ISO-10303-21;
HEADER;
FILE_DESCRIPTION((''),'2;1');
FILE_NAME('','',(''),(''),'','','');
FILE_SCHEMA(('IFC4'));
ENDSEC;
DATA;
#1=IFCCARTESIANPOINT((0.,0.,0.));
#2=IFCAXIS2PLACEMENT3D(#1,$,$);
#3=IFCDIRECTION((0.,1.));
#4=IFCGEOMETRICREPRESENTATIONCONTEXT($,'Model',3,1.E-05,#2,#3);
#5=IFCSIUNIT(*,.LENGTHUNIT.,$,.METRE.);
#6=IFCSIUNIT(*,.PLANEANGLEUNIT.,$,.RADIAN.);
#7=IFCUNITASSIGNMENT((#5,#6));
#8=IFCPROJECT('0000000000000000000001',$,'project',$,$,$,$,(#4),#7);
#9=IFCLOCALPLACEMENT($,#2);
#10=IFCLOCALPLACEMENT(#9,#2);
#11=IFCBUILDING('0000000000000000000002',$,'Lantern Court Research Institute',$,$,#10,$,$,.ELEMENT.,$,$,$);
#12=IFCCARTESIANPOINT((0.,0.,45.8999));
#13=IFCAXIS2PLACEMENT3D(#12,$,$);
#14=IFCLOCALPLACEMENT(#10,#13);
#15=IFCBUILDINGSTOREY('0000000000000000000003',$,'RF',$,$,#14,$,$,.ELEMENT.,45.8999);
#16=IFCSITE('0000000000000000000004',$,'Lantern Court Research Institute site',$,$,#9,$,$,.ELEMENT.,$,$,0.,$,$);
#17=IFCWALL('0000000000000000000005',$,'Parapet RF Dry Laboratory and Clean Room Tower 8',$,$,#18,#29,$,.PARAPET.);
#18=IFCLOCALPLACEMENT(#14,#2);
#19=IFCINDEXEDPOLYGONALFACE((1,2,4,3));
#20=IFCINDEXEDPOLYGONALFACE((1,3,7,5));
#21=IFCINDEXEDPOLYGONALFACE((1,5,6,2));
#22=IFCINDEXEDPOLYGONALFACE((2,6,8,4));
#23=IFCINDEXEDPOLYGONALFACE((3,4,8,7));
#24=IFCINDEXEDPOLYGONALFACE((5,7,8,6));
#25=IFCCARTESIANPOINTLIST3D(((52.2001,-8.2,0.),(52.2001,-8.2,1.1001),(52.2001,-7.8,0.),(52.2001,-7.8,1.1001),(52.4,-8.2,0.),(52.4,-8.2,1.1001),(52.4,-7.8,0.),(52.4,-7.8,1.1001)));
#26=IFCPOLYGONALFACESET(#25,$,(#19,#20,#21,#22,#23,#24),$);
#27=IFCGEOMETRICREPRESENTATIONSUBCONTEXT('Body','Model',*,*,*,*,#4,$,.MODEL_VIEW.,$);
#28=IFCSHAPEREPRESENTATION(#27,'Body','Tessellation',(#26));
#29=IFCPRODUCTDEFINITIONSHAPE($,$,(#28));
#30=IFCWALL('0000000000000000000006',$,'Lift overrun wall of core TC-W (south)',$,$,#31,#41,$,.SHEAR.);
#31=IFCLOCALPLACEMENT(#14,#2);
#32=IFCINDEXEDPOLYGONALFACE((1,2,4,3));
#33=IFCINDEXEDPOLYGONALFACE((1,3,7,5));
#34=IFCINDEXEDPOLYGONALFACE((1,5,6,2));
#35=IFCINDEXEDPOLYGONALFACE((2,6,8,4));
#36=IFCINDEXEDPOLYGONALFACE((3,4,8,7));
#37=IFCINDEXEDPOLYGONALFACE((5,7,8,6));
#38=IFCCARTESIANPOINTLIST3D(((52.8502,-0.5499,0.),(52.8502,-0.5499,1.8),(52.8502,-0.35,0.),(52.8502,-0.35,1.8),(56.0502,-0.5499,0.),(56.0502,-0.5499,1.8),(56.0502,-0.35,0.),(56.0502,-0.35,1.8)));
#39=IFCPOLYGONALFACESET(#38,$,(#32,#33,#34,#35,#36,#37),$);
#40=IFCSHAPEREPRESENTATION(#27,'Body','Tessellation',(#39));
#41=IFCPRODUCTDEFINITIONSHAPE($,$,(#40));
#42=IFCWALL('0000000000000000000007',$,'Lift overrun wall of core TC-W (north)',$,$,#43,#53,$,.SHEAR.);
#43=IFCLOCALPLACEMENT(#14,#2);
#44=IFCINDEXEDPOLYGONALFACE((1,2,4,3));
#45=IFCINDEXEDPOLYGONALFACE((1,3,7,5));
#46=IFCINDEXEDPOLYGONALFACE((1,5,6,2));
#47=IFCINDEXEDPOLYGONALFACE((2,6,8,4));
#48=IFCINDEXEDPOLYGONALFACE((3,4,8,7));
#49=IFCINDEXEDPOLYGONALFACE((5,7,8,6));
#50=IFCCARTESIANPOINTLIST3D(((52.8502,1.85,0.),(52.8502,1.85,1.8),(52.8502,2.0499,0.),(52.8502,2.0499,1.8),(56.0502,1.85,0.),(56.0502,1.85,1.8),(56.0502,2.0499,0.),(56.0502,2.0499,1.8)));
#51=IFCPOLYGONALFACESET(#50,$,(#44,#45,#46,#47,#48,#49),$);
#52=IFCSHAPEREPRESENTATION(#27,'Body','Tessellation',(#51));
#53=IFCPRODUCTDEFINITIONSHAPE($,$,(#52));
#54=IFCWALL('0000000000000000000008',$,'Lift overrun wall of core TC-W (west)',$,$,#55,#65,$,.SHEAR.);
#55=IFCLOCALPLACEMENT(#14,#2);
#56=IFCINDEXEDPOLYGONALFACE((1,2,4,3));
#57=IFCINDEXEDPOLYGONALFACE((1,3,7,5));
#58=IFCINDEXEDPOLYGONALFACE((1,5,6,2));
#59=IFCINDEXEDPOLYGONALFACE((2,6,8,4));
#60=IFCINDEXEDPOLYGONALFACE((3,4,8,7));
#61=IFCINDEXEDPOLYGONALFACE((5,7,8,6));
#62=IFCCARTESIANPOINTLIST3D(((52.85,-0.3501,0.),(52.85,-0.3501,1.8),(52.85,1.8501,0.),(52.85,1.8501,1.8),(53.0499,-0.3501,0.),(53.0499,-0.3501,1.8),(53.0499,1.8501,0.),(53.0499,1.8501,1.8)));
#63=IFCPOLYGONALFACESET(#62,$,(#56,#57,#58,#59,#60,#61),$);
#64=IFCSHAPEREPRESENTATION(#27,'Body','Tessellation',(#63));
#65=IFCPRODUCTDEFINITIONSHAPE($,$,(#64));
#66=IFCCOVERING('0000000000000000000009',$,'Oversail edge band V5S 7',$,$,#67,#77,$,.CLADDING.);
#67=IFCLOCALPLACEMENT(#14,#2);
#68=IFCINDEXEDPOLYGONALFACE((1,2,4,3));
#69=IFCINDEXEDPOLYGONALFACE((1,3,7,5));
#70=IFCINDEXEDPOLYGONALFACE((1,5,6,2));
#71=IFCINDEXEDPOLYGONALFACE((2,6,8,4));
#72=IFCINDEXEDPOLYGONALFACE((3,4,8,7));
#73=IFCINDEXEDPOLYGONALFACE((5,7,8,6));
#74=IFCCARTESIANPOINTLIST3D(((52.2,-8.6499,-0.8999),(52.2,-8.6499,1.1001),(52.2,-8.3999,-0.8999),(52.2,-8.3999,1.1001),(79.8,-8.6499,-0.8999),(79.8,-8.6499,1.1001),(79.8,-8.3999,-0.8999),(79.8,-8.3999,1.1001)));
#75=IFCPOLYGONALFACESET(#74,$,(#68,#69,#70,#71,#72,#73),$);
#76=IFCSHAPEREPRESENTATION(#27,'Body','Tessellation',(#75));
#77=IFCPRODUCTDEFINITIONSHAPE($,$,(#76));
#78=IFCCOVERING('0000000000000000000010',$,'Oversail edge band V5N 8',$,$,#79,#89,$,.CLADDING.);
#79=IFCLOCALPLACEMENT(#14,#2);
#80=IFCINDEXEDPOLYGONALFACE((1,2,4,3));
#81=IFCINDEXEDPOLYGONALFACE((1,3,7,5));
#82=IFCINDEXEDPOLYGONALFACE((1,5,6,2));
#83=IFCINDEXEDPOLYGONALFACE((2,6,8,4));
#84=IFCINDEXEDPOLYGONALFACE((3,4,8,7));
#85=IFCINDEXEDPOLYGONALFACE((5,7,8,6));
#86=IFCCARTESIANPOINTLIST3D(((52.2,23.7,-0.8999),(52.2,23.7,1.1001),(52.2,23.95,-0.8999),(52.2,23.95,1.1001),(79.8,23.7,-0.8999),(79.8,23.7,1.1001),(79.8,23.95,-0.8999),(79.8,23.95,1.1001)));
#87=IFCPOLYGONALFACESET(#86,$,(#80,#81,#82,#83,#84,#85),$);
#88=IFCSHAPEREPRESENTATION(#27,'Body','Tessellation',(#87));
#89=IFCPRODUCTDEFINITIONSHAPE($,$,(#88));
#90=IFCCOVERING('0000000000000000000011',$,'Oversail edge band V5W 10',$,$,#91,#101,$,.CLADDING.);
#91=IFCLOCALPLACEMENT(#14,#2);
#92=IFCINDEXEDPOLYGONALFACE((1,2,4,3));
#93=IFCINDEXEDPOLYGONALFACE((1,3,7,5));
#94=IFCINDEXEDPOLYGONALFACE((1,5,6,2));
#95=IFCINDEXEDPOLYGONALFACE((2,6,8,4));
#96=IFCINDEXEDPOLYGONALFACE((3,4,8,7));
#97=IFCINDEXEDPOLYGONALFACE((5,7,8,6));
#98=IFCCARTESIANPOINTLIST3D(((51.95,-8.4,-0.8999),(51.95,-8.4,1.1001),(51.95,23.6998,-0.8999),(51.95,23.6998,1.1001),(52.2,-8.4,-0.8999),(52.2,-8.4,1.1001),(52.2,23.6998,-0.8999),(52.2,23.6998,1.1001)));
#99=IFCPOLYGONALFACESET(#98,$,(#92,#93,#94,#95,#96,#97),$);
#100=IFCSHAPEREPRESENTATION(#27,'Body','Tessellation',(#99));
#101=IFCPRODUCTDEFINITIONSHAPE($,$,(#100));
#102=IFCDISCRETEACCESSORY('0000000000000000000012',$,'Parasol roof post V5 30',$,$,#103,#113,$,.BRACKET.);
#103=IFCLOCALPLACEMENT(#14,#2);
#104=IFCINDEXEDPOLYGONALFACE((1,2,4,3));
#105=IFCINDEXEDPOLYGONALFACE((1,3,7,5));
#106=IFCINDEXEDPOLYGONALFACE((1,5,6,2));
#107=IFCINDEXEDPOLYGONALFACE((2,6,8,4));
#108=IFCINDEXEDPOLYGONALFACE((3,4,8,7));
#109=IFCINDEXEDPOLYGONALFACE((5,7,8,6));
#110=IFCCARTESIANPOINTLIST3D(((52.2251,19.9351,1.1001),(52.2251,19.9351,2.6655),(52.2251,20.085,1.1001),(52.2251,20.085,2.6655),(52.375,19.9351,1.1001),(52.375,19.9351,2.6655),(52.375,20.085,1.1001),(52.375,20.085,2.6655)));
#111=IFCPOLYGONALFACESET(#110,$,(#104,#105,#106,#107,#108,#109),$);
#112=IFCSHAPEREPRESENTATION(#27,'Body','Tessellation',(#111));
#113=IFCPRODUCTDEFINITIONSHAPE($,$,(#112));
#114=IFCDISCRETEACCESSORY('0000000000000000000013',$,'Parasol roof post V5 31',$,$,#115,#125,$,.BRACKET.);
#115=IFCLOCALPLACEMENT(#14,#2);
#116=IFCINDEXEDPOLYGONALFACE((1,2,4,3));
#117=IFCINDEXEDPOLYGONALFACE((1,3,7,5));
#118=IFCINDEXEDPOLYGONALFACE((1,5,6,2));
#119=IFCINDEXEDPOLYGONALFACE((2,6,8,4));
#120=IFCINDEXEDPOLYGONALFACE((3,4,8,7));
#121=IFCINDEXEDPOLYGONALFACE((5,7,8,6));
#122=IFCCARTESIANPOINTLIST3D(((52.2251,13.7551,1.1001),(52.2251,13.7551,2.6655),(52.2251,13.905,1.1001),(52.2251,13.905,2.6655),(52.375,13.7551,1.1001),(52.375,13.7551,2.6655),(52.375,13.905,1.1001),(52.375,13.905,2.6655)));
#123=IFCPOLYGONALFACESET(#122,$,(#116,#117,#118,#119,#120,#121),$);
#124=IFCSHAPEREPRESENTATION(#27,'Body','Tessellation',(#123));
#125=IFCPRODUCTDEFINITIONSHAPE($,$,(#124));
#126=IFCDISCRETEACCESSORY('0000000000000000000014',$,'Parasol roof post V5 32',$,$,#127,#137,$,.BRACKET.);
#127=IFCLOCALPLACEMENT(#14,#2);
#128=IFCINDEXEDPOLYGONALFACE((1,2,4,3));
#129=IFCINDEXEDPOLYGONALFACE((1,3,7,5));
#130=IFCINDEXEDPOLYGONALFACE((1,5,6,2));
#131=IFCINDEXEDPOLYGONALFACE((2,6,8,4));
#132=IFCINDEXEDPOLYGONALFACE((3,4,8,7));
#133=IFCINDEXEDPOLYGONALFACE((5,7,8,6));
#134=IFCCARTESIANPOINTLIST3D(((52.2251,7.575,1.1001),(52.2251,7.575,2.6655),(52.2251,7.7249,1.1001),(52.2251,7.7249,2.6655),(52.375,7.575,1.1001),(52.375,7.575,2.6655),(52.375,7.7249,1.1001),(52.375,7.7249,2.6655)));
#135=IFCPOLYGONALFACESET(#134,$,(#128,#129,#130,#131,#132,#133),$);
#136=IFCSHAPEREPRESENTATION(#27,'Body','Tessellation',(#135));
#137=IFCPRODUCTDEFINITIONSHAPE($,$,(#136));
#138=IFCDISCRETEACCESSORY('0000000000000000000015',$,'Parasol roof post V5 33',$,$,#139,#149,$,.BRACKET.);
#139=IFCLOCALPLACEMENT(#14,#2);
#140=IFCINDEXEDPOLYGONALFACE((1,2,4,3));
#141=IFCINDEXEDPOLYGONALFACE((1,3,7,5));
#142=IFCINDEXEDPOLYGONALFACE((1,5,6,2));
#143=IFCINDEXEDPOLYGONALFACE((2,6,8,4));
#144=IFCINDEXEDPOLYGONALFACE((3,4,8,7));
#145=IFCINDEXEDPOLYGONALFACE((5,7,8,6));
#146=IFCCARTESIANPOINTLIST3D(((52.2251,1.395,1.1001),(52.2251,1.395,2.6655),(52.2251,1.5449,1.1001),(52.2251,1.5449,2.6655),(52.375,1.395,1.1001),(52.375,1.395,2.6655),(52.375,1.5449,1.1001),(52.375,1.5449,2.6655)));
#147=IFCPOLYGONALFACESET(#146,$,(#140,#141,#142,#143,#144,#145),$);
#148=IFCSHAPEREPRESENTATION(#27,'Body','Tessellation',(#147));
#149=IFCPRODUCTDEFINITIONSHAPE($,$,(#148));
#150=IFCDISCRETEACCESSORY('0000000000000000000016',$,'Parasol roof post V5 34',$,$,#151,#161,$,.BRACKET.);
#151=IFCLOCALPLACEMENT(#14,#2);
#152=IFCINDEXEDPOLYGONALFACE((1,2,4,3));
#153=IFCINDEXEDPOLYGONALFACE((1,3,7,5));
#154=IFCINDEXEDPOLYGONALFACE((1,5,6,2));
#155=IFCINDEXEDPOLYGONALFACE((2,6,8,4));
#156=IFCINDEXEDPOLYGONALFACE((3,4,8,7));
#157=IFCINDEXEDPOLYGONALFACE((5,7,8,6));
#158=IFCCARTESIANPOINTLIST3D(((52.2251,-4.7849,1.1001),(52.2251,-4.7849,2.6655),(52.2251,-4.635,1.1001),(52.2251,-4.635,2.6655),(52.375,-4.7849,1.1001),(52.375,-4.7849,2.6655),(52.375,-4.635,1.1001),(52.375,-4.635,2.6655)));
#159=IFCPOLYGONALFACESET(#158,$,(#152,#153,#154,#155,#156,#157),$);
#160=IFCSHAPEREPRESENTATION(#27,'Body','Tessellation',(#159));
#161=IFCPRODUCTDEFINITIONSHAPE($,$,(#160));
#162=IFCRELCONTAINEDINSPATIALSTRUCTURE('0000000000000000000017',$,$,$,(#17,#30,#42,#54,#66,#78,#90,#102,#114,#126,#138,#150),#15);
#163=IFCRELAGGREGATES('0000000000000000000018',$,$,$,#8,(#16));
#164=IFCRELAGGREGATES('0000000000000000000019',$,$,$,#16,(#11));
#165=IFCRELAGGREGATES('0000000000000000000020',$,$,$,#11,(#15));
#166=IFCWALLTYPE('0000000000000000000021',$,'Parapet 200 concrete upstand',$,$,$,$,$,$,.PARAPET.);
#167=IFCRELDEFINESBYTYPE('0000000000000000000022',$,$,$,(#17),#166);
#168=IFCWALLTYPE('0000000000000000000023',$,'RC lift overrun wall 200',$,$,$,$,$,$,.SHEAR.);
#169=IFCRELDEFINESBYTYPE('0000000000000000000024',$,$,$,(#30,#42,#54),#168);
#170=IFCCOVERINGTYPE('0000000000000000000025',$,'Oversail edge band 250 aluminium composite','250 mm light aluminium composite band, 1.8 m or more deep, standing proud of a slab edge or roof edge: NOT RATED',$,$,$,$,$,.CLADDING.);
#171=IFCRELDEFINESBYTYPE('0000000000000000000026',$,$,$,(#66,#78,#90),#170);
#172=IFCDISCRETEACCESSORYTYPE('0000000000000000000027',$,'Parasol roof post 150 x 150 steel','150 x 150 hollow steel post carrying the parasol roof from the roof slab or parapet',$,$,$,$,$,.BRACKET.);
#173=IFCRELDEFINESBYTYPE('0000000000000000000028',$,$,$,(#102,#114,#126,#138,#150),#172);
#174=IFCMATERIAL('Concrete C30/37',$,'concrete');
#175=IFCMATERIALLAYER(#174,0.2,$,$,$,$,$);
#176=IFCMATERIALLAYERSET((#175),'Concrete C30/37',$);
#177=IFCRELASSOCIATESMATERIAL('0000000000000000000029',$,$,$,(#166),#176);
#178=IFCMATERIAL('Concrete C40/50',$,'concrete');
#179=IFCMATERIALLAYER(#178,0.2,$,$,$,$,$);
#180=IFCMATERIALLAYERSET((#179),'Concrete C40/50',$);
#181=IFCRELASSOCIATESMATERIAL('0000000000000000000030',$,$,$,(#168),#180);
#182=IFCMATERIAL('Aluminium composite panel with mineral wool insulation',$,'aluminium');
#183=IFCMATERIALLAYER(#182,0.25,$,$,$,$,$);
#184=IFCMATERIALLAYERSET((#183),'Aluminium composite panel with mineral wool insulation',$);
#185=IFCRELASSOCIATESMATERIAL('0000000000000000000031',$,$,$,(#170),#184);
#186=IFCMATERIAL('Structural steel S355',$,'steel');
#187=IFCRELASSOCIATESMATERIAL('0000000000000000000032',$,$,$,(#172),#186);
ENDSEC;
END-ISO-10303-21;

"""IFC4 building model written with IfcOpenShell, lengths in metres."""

from ifc_helpers import new_model, si_unit, direction, frame, frame_2d, origin, origin_2d, place, context, subcontext, project, spatial, rectangle, extrude, material, layer, layer_set, type_object, element, save


model = new_model("IFC4")

# Units and contexts
model_context = context("Model", 3, precision=1e-05, world=origin(), true_north=direction((0.0, 1.0)))
body_context = subcontext(model_context, "Body", "Model", "MODEL_VIEW")
ifc_project = project(units=[si_unit("LENGTHUNIT", "METRE"), si_unit("PLANEANGLEUNIT", "RADIAN")], contexts=[model_context])

# Site, building, storey
site_placement = place(None, origin())
site = spatial("IfcSite", under=ifc_project, at=site_placement, Name="Lantern Court Research Institute site", CompositionType="ELEMENT", RefElevation=0.0)
building_placement = place(site_placement, origin())
building = spatial("IfcBuilding", under=site, at=building_placement, Name="Lantern Court Research Institute", CompositionType="ELEMENT")
storey_placement = place(building_placement, frame((0.0, 0.0, 45.8999)))
storey = spatial("IfcBuildingStorey", under=building, at=storey_placement, Name="RF", CompositionType="ELEMENT", Elevation=45.8999)

# Walls
ifc_material_1 = material(Name="Concrete C30/37", Category="concrete")
ifc_layer_1 = layer(ifc_material_1, 0.2)
ifc_layer_set_1 = layer_set([ifc_layer_1], Name="Concrete C30/37")
wall_type_1 = type_object("IfcWallType", Name="Parapet 200 concrete upstand", PredefinedType="PARAPET", material=ifc_layer_set_1)
wall_1_placement = place(storey_placement, frame((52.3, -7.8, 0.0), z_axis=(0.0, 0.0, 1.0), x_axis=(0.0, -1.0, 0.0)))
element("IfcWall", 1, at=wall_1_placement, inside=storey, type_object=wall_type_1, Name="Parapet RF Dry Laboratory and Clean Room Tower 8", PredefinedType="PARAPET", context=body_context, shape_type="SweptSolid", body=[
    extrude(rectangle(XDim=0.3999, YDim=0.2, at=frame_2d((0.2, 0.0))), origin(), (0.0, 0.0, 1.0), 1.1001),
])
ifc_material_2 = material(Name="Concrete C40/50", Category="concrete")
ifc_layer_2 = layer(ifc_material_2, 0.2)
ifc_layer_set_2 = layer_set([ifc_layer_2], Name="Concrete C40/50")
wall_type_2 = type_object("IfcWallType", Name="RC lift overrun wall 200", PredefinedType="SHEAR", material=ifc_layer_set_2)
for number, where, z_axis, x_axis, name in (
    (2, (52.8501, -0.45, 0.0), (0.0, 0.0, 1.0), (1.0, 0.0, 0.0), "Lift overrun wall of core TC-W (south)"),
    (3, (52.8501, 1.95, 0.0), (0.0, 0.0, 1.0), (1.0, 0.0, 0.0), "Lift overrun wall of core TC-W (north)"),
):
    element("IfcWall", number, at=place(storey_placement, frame(where, z_axis=z_axis, x_axis=x_axis)), inside=storey, type_object=wall_type_2, Name=name, PredefinedType="SHEAR", context=body_context, shape_type="SweptSolid", body=[
        extrude(rectangle(XDim=3.2, YDim=0.2, at=frame_2d((1.6001, 0.0))), origin(), (0.0, 0.0, 1.0), 1.8),
    ])
wall_2_placement = place(storey_placement, frame((52.95, -0.3501, 0.0), z_axis=(0.0, 0.0, 1.0), x_axis=(0.0, 1.0, 0.0)))
element("IfcWall", 4, at=wall_2_placement, inside=storey, type_object=wall_type_2, Name="Lift overrun wall of core TC-W (west)", PredefinedType="SHEAR", context=body_context, shape_type="SweptSolid", body=[
    extrude(rectangle(XDim=2.2002, YDim=0.2, at=frame_2d((1.1001, 0.0))), origin(), (0.0, 0.0, 1.0), 1.8),
])

# Coverings
ifc_material_3 = material(Name="Aluminium composite panel with mineral wool insulation", Category="aluminium")
ifc_layer_3 = layer(ifc_material_3, 0.25)
ifc_layer_set_3 = layer_set([ifc_layer_3], Name="Aluminium composite panel with mineral wool insulation")
covering_type_1 = type_object("IfcCoveringType", Name="Oversail edge band 250 aluminium composite", Description="250 mm light aluminium composite band, 1.8 m or more deep, standing proud of a slab edge or roof edge: NOT RATED", PredefinedType="CLADDING", material=ifc_layer_set_3)
for number, where, z_axis, x_axis, name in (
    (5, (52.2, -8.5249, -0.8999), (0.0, 0.0, 1.0), (1.0, 0.0, 0.0), "Oversail edge band V5S 7"),
    (6, (52.2, 23.825, -0.8999), (0.0, 0.0, 1.0), (1.0, 0.0, 0.0), "Oversail edge band V5N 8"),
):
    element("IfcCovering", number, at=place(storey_placement, frame(where, z_axis=z_axis, x_axis=x_axis)), inside=storey, type_object=covering_type_1, Name=name, PredefinedType="CLADDING", context=body_context, shape_type="SweptSolid", body=[
        extrude(rectangle(XDim=27.6001, YDim=0.25, at=frame_2d((13.8, 0.0))), origin(), (0.0, 0.0, 1.0), 2.0),
    ])
covering_1_placement = place(storey_placement, frame((52.075, -8.3999, -0.8999), z_axis=(0.0, 0.0, 1.0), x_axis=(0.0, 1.0, 0.0)))
element("IfcCovering", 7, at=covering_1_placement, inside=storey, type_object=covering_type_1, Name="Oversail edge band V5W 10", PredefinedType="CLADDING", context=body_context, shape_type="SweptSolid", body=[
    extrude(rectangle(XDim=32.0999, YDim=0.25, at=frame_2d((16.0498, 0.0))), origin(), (0.0, 0.0, 1.0), 2.0),
])

# Discrete accessories
ifc_material_4 = material(Name="Structural steel S355", Category="steel")
discrete_accessory_type = type_object("IfcDiscreteAccessoryType", Name="Parasol roof post 150 x 150 steel", Description="150 x 150 hollow steel post carrying the parasol roof from the roof slab or parapet", PredefinedType="BRACKET", material=ifc_material_4)
for number, where, z_axis, x_axis, name in (
    (8, (52.3, 20.01, 1.1001), (0.0, 0.0, 1.0), (1.0, 0.0, 0.0), "Parasol roof post V5 30"),
    (9, (52.3, 13.8301, 1.1001), (0.0, 0.0, 1.0), (1.0, 0.0, 0.0), "Parasol roof post V5 31"),
    (10, (52.3, 7.6499, 1.1001), (0.0, 0.0, 1.0), (1.0, 0.0, 0.0), "Parasol roof post V5 32"),
    (11, (52.3, 1.47, 1.1001), (0.0, 0.0, 1.0), (1.0, 0.0, 0.0), "Parasol roof post V5 33"),
    (12, (52.3, -4.71, 1.1001), (0.0, 0.0, 1.0), (1.0, 0.0, 0.0), "Parasol roof post V5 34"),
):
    element("IfcDiscreteAccessory", number, at=place(storey_placement, frame(where, z_axis=z_axis, x_axis=x_axis)), inside=storey, type_object=discrete_accessory_type, Name=name, PredefinedType="BRACKET", context=body_context, shape_type="SweptSolid", body=[
        extrude(rectangle(XDim=0.1499, YDim=0.1499, at=origin_2d()), origin(), (0.0, 0.0, 1.0), 1.5654),
    ])

save(model, "model.ifc")
